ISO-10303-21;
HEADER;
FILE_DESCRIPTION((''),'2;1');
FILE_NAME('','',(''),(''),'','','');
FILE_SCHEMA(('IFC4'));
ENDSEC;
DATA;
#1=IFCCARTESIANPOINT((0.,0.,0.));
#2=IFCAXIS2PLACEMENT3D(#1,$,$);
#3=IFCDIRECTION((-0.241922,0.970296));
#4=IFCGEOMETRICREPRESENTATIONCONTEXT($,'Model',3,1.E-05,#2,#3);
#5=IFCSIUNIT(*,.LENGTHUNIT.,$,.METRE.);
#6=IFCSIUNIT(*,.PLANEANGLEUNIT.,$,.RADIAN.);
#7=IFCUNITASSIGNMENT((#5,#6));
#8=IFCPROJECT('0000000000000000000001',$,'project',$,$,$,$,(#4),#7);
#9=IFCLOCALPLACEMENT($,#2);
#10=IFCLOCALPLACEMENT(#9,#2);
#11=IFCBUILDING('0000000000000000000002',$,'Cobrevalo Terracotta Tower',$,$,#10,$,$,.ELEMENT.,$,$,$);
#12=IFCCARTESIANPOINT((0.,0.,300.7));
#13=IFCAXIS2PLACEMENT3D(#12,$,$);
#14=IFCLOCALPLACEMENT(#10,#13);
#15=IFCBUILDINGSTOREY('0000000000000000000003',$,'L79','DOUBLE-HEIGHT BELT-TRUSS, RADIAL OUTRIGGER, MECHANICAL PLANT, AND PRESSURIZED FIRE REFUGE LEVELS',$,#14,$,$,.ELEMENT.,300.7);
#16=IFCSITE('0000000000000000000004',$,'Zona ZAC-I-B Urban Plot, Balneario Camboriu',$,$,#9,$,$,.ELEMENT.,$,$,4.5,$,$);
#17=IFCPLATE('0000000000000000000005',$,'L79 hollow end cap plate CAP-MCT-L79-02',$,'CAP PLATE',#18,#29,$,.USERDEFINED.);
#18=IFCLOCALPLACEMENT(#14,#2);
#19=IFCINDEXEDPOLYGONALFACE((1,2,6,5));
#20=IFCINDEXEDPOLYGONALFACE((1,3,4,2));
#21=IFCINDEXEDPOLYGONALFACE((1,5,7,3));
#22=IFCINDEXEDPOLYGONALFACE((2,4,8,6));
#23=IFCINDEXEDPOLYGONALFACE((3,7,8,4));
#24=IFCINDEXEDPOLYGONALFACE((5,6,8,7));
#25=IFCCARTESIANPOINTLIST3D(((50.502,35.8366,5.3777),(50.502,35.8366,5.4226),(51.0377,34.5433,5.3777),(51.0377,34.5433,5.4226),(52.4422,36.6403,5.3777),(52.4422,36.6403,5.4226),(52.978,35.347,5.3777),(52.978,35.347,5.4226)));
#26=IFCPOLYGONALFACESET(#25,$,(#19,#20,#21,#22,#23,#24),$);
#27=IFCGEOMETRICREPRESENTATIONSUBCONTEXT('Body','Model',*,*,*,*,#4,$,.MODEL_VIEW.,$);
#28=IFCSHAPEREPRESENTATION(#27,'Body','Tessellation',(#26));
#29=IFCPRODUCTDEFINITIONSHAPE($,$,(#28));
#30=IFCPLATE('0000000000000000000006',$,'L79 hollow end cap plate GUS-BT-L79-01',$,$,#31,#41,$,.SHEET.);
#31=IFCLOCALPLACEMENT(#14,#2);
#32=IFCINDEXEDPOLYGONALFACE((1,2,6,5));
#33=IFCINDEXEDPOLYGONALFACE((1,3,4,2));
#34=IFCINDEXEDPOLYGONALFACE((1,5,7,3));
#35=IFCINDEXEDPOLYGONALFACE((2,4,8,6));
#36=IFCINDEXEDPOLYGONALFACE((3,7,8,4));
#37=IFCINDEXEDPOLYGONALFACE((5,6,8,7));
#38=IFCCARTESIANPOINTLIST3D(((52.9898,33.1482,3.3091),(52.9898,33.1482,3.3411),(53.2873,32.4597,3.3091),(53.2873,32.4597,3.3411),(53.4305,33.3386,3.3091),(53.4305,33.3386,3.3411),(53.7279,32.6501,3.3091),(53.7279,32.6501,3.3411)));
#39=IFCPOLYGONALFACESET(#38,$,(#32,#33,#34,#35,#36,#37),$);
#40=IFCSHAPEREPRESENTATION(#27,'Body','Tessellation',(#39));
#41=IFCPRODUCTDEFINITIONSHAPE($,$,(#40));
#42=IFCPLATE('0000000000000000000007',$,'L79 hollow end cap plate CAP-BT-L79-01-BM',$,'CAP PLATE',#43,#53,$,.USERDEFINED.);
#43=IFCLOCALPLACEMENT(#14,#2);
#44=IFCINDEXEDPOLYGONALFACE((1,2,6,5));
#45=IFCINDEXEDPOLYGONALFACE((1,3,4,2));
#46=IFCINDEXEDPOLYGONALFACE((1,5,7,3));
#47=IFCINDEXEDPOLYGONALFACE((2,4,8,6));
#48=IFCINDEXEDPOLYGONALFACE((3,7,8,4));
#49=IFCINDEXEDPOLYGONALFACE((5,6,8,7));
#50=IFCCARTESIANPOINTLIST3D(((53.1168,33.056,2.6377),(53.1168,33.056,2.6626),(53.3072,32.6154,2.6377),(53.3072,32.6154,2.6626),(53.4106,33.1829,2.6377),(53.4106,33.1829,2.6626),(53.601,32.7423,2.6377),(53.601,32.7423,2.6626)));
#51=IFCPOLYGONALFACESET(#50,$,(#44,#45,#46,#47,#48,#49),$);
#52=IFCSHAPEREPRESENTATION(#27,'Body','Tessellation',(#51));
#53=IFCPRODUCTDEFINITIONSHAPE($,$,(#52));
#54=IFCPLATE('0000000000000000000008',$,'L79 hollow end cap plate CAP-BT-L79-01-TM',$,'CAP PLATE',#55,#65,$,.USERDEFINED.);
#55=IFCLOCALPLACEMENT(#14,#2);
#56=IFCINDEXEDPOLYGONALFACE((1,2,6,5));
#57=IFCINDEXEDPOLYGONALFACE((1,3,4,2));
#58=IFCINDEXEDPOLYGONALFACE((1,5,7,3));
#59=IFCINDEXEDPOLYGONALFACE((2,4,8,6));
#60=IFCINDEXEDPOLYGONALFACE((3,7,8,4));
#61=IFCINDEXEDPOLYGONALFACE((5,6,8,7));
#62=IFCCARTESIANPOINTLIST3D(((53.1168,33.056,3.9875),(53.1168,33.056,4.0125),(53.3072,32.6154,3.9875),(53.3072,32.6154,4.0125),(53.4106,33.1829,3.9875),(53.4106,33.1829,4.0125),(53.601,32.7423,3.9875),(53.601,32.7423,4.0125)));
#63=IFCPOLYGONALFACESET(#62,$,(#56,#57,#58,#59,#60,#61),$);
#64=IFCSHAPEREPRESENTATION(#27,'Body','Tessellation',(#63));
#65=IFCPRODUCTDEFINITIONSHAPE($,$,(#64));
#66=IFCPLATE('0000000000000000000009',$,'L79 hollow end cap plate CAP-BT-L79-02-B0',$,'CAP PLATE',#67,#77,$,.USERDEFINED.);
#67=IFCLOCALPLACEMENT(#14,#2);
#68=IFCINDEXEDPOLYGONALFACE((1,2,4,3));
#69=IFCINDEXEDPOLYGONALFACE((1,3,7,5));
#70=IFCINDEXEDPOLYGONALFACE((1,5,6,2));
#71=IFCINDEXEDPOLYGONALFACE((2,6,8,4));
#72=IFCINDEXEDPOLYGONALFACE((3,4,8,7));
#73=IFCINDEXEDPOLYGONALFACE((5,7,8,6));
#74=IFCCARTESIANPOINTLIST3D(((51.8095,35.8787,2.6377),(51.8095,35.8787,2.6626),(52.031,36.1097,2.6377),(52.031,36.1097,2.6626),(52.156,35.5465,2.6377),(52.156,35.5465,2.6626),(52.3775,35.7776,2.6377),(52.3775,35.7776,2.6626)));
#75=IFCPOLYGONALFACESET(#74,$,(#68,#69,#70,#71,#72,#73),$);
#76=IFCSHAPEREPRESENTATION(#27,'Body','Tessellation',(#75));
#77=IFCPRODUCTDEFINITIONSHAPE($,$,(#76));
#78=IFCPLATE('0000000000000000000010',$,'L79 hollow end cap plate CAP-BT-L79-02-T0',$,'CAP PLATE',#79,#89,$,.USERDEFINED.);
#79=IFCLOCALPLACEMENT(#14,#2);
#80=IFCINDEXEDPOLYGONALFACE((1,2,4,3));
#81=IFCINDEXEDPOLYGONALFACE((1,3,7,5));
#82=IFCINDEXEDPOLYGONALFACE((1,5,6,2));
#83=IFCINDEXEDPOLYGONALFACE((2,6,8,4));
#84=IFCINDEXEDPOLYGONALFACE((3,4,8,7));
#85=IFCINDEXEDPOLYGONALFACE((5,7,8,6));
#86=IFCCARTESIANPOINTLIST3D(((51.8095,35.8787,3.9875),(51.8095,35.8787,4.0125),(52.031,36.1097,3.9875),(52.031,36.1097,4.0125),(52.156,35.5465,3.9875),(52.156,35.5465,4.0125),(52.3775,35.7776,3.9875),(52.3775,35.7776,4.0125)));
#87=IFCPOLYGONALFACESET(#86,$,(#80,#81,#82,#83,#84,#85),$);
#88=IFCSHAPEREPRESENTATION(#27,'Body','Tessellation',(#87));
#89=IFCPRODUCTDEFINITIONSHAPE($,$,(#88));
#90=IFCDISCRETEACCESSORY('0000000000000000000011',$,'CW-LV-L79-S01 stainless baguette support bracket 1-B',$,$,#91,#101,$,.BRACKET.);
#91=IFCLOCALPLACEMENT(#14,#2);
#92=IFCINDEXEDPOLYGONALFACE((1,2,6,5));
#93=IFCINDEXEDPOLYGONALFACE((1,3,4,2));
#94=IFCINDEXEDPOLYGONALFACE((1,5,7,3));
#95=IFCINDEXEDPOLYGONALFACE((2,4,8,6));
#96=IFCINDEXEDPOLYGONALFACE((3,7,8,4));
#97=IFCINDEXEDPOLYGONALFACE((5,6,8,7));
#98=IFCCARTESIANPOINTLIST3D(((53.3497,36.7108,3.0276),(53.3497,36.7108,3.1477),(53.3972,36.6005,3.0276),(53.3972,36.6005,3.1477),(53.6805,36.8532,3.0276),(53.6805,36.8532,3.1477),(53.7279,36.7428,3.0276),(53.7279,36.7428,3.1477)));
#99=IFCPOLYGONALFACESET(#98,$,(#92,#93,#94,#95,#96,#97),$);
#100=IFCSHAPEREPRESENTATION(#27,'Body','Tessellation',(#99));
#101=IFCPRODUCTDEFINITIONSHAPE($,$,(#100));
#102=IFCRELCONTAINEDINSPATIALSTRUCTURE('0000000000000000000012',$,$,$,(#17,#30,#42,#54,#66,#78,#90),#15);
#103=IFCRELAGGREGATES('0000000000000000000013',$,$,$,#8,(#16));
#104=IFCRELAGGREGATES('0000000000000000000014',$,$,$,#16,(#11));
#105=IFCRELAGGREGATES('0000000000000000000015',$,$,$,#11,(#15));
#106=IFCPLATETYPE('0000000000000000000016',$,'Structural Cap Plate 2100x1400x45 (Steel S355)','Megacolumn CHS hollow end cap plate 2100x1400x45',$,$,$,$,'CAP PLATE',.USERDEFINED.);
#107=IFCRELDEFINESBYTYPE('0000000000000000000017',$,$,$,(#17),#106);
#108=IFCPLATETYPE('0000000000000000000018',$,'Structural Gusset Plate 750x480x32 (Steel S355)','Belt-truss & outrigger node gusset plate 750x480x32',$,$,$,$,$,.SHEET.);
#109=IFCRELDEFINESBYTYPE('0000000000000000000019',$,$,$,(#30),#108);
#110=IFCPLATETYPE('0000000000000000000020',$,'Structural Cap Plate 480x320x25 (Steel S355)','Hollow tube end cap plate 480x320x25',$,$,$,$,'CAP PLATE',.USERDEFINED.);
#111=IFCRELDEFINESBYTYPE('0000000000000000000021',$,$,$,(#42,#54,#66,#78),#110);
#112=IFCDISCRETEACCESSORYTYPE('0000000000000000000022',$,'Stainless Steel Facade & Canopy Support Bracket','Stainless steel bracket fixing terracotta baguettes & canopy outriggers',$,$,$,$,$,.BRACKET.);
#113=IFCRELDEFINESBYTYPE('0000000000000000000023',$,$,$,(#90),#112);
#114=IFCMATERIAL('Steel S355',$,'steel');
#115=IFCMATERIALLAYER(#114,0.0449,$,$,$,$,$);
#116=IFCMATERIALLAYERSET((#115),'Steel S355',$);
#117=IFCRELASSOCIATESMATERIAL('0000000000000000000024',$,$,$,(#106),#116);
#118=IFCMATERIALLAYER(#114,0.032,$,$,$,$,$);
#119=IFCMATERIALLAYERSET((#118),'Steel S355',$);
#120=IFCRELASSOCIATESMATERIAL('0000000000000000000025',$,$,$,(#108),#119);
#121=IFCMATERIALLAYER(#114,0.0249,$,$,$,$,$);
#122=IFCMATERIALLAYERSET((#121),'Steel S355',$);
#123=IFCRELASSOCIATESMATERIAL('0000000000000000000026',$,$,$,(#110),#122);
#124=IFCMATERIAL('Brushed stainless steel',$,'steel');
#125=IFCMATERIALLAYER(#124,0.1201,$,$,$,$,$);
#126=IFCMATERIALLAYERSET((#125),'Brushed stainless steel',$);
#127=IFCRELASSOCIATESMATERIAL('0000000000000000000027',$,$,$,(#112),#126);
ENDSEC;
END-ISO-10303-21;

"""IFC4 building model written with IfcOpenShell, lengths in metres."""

from ifc_helpers import new_model, si_unit, direction, frame, origin, origin_2d, place, context, subcontext, project, spatial, rectangle, extrude, source, transform, mapped, material, layer, layer_set, type_object, element, save


model = new_model("IFC4")

# Units and contexts
model_context = context("Model", 3, precision=1e-05, world=origin(), true_north=direction((-0.241922, 0.970296)))
body_context = subcontext(model_context, "Body", "Model", "MODEL_VIEW")
ifc_project = project(units=[si_unit("LENGTHUNIT", "METRE"), si_unit("PLANEANGLEUNIT", "RADIAN")], contexts=[model_context])

# Site, building, storey
site_placement = place(None, origin())
site = spatial("IfcSite", under=ifc_project, at=site_placement, Name="Zona ZAC-I-B Urban Plot, Balneario Camboriu", CompositionType="ELEMENT", RefElevation=4.5)
building_placement = place(site_placement, origin())
building = spatial("IfcBuilding", under=site, at=building_placement, Name="Cobrevalo Terracotta Tower", CompositionType="ELEMENT")
storey_placement = place(building_placement, frame((0.0, 0.0, 300.7)))
storey = spatial("IfcBuildingStorey", under=building, at=storey_placement, Name="L79", Description="DOUBLE-HEIGHT BELT-TRUSS, RADIAL OUTRIGGER, MECHANICAL PLANT, AND PRESSURIZED FIRE REFUGE LEVELS", CompositionType="ELEMENT", Elevation=300.7)

# Shared definitions
ifc_material_1 = material(Name="Steel S355", Category="steel")

# Plates
ifc_layer_1 = layer(ifc_material_1, 0.0449)
ifc_layer_set_1 = layer_set([ifc_layer_1], Name="Steel S355")
plate_type_1 = type_object("IfcPlateType", Name="Structural Cap Plate 2100x1400x45 (Steel S355)", Description="Megacolumn CHS hollow end cap plate 2100x1400x45", ElementType="CAP PLATE", PredefinedType="USERDEFINED", material=ifc_layer_set_1)
shared_shape_1 = source(origin(), body_context, "Body", "SweptSolid", [
    extrude(rectangle(XDim=2.1001, YDim=1.3999, at=origin_2d()), origin(), (0.0, 0.0, 1.0), 0.0449),
])
plate_1_placement = place(storey_placement, frame((51.74, 35.5918, 5.3777), z_axis=(0.0, 0.0, 1.0), x_axis=(0.92388, 0.382683, 0.0)))
element("IfcPlate", 1, at=plate_1_placement, inside=storey, type_object=plate_type_1, Name="L79 hollow end cap plate CAP-MCT-L79-02", ObjectType="CAP PLATE", PredefinedType="USERDEFINED", context=body_context, shape_type="MappedRepresentation", body=[
    mapped(shared_shape_1, transform((0.0, 0.0, 0.0), scale=1.0)),
])
ifc_layer_2 = layer(ifc_material_1, 0.032)
ifc_layer_set_2 = layer_set([ifc_layer_2], Name="Steel S355")
plate_type_2 = type_object("IfcPlateType", Name="Structural Gusset Plate 750x480x32 (Steel S355)", Description="Belt-truss & outrigger node gusset plate 750x480x32", PredefinedType="SHEET", material=ifc_layer_set_2)
shared_shape_2 = source(origin(), body_context, "Body", "SweptSolid", [
    extrude(rectangle(XDim=0.75, YDim=0.48, at=origin_2d()), origin(), (0.0, 0.0, 1.0), 0.032),
])
plate_2_placement = place(storey_placement, frame((53.3589, 32.8992, 3.3091), z_axis=(0.0, 0.0, 1.0), x_axis=(-0.396621, 0.917983, 0.0)))
element("IfcPlate", 2, at=plate_2_placement, inside=storey, type_object=plate_type_2, Name="L79 hollow end cap plate GUS-BT-L79-01", PredefinedType="SHEET", context=body_context, shape_type="MappedRepresentation", body=[
    mapped(shared_shape_2, transform((0.0, 0.0, 0.0), scale=1.0)),
])
ifc_layer_3 = layer(ifc_material_1, 0.0249)
ifc_layer_set_3 = layer_set([ifc_layer_3], Name="Steel S355")
plate_type_3 = type_object("IfcPlateType", Name="Structural Cap Plate 480x320x25 (Steel S355)", Description="Hollow tube end cap plate 480x320x25", ElementType="CAP PLATE", PredefinedType="USERDEFINED", material=ifc_layer_set_3)
shared_shape_3 = source(origin(), body_context, "Body", "SweptSolid", [
    extrude(rectangle(XDim=0.48, YDim=0.3201, at=origin_2d()), origin(), (0.0, 0.0, 1.0), 0.0249),
])
for number, where, z_axis, x_axis, name in (
    (3, (53.3589, 32.8992, 2.6377), (0.0, 0.0, 1.0), (-0.396621, 0.917983, 0.0), "L79 hollow end cap plate CAP-BT-L79-01-BM"),
    (4, (53.3589, 32.8992, 3.9875), (0.0, 0.0, 1.0), (-0.396621, 0.917983, 0.0), "L79 hollow end cap plate CAP-BT-L79-01-TM"),
    (5, (52.0935, 35.8281, 2.6377), (0.0, 0.0, 1.0), (-0.721856, 0.692044, 0.0), "L79 hollow end cap plate CAP-BT-L79-02-B0"),
    (6, (52.0935, 35.8281, 3.9875), (0.0, 0.0, 1.0), (-0.721856, 0.692044, 0.0), "L79 hollow end cap plate CAP-BT-L79-02-T0"),
):
    element("IfcPlate", number, at=place(storey_placement, frame(where, z_axis=z_axis, x_axis=x_axis)), inside=storey, type_object=plate_type_3, Name=name, ObjectType="CAP PLATE", PredefinedType="USERDEFINED", context=body_context, shape_type="MappedRepresentation", body=[
        mapped(shared_shape_3, transform((0.0, 0.0, 0.0), scale=1.0)),
    ])

# Discrete accessory
ifc_material_2 = material(Name="Brushed stainless steel", Category="steel")
ifc_layer_4 = layer(ifc_material_2, 0.1201)
ifc_layer_set_4 = layer_set([ifc_layer_4], Name="Brushed stainless steel")
discrete_accessory_type = type_object("IfcDiscreteAccessoryType", Name="Stainless Steel Facade & Canopy Support Bracket", Description="Stainless steel bracket fixing terracotta baguettes & canopy outriggers", PredefinedType="BRACKET", material=ifc_layer_set_4)
shared_shape_4 = source(origin(), body_context, "Body", "SweptSolid", [
    extrude(rectangle(XDim=0.1201, YDim=0.3601, at=origin_2d()), origin(), (0.0, 0.0, 1.0), 0.1201),
])
discrete_accessory_placement = place(storey_placement, frame((53.5388, 36.7268, 3.0276), z_axis=(0.0, 0.0, 1.0), x_axis=(-0.395368, 0.918523, 0.0)))
element("IfcDiscreteAccessory", 7, at=discrete_accessory_placement, inside=storey, type_object=discrete_accessory_type, Name="CW-LV-L79-S01 stainless baguette support bracket 1-B", PredefinedType="BRACKET", context=body_context, shape_type="MappedRepresentation", body=[
    mapped(shared_shape_4, transform((0.0, 0.0, 0.0), scale=1.0)),
])

save(model, "model.ifc")
